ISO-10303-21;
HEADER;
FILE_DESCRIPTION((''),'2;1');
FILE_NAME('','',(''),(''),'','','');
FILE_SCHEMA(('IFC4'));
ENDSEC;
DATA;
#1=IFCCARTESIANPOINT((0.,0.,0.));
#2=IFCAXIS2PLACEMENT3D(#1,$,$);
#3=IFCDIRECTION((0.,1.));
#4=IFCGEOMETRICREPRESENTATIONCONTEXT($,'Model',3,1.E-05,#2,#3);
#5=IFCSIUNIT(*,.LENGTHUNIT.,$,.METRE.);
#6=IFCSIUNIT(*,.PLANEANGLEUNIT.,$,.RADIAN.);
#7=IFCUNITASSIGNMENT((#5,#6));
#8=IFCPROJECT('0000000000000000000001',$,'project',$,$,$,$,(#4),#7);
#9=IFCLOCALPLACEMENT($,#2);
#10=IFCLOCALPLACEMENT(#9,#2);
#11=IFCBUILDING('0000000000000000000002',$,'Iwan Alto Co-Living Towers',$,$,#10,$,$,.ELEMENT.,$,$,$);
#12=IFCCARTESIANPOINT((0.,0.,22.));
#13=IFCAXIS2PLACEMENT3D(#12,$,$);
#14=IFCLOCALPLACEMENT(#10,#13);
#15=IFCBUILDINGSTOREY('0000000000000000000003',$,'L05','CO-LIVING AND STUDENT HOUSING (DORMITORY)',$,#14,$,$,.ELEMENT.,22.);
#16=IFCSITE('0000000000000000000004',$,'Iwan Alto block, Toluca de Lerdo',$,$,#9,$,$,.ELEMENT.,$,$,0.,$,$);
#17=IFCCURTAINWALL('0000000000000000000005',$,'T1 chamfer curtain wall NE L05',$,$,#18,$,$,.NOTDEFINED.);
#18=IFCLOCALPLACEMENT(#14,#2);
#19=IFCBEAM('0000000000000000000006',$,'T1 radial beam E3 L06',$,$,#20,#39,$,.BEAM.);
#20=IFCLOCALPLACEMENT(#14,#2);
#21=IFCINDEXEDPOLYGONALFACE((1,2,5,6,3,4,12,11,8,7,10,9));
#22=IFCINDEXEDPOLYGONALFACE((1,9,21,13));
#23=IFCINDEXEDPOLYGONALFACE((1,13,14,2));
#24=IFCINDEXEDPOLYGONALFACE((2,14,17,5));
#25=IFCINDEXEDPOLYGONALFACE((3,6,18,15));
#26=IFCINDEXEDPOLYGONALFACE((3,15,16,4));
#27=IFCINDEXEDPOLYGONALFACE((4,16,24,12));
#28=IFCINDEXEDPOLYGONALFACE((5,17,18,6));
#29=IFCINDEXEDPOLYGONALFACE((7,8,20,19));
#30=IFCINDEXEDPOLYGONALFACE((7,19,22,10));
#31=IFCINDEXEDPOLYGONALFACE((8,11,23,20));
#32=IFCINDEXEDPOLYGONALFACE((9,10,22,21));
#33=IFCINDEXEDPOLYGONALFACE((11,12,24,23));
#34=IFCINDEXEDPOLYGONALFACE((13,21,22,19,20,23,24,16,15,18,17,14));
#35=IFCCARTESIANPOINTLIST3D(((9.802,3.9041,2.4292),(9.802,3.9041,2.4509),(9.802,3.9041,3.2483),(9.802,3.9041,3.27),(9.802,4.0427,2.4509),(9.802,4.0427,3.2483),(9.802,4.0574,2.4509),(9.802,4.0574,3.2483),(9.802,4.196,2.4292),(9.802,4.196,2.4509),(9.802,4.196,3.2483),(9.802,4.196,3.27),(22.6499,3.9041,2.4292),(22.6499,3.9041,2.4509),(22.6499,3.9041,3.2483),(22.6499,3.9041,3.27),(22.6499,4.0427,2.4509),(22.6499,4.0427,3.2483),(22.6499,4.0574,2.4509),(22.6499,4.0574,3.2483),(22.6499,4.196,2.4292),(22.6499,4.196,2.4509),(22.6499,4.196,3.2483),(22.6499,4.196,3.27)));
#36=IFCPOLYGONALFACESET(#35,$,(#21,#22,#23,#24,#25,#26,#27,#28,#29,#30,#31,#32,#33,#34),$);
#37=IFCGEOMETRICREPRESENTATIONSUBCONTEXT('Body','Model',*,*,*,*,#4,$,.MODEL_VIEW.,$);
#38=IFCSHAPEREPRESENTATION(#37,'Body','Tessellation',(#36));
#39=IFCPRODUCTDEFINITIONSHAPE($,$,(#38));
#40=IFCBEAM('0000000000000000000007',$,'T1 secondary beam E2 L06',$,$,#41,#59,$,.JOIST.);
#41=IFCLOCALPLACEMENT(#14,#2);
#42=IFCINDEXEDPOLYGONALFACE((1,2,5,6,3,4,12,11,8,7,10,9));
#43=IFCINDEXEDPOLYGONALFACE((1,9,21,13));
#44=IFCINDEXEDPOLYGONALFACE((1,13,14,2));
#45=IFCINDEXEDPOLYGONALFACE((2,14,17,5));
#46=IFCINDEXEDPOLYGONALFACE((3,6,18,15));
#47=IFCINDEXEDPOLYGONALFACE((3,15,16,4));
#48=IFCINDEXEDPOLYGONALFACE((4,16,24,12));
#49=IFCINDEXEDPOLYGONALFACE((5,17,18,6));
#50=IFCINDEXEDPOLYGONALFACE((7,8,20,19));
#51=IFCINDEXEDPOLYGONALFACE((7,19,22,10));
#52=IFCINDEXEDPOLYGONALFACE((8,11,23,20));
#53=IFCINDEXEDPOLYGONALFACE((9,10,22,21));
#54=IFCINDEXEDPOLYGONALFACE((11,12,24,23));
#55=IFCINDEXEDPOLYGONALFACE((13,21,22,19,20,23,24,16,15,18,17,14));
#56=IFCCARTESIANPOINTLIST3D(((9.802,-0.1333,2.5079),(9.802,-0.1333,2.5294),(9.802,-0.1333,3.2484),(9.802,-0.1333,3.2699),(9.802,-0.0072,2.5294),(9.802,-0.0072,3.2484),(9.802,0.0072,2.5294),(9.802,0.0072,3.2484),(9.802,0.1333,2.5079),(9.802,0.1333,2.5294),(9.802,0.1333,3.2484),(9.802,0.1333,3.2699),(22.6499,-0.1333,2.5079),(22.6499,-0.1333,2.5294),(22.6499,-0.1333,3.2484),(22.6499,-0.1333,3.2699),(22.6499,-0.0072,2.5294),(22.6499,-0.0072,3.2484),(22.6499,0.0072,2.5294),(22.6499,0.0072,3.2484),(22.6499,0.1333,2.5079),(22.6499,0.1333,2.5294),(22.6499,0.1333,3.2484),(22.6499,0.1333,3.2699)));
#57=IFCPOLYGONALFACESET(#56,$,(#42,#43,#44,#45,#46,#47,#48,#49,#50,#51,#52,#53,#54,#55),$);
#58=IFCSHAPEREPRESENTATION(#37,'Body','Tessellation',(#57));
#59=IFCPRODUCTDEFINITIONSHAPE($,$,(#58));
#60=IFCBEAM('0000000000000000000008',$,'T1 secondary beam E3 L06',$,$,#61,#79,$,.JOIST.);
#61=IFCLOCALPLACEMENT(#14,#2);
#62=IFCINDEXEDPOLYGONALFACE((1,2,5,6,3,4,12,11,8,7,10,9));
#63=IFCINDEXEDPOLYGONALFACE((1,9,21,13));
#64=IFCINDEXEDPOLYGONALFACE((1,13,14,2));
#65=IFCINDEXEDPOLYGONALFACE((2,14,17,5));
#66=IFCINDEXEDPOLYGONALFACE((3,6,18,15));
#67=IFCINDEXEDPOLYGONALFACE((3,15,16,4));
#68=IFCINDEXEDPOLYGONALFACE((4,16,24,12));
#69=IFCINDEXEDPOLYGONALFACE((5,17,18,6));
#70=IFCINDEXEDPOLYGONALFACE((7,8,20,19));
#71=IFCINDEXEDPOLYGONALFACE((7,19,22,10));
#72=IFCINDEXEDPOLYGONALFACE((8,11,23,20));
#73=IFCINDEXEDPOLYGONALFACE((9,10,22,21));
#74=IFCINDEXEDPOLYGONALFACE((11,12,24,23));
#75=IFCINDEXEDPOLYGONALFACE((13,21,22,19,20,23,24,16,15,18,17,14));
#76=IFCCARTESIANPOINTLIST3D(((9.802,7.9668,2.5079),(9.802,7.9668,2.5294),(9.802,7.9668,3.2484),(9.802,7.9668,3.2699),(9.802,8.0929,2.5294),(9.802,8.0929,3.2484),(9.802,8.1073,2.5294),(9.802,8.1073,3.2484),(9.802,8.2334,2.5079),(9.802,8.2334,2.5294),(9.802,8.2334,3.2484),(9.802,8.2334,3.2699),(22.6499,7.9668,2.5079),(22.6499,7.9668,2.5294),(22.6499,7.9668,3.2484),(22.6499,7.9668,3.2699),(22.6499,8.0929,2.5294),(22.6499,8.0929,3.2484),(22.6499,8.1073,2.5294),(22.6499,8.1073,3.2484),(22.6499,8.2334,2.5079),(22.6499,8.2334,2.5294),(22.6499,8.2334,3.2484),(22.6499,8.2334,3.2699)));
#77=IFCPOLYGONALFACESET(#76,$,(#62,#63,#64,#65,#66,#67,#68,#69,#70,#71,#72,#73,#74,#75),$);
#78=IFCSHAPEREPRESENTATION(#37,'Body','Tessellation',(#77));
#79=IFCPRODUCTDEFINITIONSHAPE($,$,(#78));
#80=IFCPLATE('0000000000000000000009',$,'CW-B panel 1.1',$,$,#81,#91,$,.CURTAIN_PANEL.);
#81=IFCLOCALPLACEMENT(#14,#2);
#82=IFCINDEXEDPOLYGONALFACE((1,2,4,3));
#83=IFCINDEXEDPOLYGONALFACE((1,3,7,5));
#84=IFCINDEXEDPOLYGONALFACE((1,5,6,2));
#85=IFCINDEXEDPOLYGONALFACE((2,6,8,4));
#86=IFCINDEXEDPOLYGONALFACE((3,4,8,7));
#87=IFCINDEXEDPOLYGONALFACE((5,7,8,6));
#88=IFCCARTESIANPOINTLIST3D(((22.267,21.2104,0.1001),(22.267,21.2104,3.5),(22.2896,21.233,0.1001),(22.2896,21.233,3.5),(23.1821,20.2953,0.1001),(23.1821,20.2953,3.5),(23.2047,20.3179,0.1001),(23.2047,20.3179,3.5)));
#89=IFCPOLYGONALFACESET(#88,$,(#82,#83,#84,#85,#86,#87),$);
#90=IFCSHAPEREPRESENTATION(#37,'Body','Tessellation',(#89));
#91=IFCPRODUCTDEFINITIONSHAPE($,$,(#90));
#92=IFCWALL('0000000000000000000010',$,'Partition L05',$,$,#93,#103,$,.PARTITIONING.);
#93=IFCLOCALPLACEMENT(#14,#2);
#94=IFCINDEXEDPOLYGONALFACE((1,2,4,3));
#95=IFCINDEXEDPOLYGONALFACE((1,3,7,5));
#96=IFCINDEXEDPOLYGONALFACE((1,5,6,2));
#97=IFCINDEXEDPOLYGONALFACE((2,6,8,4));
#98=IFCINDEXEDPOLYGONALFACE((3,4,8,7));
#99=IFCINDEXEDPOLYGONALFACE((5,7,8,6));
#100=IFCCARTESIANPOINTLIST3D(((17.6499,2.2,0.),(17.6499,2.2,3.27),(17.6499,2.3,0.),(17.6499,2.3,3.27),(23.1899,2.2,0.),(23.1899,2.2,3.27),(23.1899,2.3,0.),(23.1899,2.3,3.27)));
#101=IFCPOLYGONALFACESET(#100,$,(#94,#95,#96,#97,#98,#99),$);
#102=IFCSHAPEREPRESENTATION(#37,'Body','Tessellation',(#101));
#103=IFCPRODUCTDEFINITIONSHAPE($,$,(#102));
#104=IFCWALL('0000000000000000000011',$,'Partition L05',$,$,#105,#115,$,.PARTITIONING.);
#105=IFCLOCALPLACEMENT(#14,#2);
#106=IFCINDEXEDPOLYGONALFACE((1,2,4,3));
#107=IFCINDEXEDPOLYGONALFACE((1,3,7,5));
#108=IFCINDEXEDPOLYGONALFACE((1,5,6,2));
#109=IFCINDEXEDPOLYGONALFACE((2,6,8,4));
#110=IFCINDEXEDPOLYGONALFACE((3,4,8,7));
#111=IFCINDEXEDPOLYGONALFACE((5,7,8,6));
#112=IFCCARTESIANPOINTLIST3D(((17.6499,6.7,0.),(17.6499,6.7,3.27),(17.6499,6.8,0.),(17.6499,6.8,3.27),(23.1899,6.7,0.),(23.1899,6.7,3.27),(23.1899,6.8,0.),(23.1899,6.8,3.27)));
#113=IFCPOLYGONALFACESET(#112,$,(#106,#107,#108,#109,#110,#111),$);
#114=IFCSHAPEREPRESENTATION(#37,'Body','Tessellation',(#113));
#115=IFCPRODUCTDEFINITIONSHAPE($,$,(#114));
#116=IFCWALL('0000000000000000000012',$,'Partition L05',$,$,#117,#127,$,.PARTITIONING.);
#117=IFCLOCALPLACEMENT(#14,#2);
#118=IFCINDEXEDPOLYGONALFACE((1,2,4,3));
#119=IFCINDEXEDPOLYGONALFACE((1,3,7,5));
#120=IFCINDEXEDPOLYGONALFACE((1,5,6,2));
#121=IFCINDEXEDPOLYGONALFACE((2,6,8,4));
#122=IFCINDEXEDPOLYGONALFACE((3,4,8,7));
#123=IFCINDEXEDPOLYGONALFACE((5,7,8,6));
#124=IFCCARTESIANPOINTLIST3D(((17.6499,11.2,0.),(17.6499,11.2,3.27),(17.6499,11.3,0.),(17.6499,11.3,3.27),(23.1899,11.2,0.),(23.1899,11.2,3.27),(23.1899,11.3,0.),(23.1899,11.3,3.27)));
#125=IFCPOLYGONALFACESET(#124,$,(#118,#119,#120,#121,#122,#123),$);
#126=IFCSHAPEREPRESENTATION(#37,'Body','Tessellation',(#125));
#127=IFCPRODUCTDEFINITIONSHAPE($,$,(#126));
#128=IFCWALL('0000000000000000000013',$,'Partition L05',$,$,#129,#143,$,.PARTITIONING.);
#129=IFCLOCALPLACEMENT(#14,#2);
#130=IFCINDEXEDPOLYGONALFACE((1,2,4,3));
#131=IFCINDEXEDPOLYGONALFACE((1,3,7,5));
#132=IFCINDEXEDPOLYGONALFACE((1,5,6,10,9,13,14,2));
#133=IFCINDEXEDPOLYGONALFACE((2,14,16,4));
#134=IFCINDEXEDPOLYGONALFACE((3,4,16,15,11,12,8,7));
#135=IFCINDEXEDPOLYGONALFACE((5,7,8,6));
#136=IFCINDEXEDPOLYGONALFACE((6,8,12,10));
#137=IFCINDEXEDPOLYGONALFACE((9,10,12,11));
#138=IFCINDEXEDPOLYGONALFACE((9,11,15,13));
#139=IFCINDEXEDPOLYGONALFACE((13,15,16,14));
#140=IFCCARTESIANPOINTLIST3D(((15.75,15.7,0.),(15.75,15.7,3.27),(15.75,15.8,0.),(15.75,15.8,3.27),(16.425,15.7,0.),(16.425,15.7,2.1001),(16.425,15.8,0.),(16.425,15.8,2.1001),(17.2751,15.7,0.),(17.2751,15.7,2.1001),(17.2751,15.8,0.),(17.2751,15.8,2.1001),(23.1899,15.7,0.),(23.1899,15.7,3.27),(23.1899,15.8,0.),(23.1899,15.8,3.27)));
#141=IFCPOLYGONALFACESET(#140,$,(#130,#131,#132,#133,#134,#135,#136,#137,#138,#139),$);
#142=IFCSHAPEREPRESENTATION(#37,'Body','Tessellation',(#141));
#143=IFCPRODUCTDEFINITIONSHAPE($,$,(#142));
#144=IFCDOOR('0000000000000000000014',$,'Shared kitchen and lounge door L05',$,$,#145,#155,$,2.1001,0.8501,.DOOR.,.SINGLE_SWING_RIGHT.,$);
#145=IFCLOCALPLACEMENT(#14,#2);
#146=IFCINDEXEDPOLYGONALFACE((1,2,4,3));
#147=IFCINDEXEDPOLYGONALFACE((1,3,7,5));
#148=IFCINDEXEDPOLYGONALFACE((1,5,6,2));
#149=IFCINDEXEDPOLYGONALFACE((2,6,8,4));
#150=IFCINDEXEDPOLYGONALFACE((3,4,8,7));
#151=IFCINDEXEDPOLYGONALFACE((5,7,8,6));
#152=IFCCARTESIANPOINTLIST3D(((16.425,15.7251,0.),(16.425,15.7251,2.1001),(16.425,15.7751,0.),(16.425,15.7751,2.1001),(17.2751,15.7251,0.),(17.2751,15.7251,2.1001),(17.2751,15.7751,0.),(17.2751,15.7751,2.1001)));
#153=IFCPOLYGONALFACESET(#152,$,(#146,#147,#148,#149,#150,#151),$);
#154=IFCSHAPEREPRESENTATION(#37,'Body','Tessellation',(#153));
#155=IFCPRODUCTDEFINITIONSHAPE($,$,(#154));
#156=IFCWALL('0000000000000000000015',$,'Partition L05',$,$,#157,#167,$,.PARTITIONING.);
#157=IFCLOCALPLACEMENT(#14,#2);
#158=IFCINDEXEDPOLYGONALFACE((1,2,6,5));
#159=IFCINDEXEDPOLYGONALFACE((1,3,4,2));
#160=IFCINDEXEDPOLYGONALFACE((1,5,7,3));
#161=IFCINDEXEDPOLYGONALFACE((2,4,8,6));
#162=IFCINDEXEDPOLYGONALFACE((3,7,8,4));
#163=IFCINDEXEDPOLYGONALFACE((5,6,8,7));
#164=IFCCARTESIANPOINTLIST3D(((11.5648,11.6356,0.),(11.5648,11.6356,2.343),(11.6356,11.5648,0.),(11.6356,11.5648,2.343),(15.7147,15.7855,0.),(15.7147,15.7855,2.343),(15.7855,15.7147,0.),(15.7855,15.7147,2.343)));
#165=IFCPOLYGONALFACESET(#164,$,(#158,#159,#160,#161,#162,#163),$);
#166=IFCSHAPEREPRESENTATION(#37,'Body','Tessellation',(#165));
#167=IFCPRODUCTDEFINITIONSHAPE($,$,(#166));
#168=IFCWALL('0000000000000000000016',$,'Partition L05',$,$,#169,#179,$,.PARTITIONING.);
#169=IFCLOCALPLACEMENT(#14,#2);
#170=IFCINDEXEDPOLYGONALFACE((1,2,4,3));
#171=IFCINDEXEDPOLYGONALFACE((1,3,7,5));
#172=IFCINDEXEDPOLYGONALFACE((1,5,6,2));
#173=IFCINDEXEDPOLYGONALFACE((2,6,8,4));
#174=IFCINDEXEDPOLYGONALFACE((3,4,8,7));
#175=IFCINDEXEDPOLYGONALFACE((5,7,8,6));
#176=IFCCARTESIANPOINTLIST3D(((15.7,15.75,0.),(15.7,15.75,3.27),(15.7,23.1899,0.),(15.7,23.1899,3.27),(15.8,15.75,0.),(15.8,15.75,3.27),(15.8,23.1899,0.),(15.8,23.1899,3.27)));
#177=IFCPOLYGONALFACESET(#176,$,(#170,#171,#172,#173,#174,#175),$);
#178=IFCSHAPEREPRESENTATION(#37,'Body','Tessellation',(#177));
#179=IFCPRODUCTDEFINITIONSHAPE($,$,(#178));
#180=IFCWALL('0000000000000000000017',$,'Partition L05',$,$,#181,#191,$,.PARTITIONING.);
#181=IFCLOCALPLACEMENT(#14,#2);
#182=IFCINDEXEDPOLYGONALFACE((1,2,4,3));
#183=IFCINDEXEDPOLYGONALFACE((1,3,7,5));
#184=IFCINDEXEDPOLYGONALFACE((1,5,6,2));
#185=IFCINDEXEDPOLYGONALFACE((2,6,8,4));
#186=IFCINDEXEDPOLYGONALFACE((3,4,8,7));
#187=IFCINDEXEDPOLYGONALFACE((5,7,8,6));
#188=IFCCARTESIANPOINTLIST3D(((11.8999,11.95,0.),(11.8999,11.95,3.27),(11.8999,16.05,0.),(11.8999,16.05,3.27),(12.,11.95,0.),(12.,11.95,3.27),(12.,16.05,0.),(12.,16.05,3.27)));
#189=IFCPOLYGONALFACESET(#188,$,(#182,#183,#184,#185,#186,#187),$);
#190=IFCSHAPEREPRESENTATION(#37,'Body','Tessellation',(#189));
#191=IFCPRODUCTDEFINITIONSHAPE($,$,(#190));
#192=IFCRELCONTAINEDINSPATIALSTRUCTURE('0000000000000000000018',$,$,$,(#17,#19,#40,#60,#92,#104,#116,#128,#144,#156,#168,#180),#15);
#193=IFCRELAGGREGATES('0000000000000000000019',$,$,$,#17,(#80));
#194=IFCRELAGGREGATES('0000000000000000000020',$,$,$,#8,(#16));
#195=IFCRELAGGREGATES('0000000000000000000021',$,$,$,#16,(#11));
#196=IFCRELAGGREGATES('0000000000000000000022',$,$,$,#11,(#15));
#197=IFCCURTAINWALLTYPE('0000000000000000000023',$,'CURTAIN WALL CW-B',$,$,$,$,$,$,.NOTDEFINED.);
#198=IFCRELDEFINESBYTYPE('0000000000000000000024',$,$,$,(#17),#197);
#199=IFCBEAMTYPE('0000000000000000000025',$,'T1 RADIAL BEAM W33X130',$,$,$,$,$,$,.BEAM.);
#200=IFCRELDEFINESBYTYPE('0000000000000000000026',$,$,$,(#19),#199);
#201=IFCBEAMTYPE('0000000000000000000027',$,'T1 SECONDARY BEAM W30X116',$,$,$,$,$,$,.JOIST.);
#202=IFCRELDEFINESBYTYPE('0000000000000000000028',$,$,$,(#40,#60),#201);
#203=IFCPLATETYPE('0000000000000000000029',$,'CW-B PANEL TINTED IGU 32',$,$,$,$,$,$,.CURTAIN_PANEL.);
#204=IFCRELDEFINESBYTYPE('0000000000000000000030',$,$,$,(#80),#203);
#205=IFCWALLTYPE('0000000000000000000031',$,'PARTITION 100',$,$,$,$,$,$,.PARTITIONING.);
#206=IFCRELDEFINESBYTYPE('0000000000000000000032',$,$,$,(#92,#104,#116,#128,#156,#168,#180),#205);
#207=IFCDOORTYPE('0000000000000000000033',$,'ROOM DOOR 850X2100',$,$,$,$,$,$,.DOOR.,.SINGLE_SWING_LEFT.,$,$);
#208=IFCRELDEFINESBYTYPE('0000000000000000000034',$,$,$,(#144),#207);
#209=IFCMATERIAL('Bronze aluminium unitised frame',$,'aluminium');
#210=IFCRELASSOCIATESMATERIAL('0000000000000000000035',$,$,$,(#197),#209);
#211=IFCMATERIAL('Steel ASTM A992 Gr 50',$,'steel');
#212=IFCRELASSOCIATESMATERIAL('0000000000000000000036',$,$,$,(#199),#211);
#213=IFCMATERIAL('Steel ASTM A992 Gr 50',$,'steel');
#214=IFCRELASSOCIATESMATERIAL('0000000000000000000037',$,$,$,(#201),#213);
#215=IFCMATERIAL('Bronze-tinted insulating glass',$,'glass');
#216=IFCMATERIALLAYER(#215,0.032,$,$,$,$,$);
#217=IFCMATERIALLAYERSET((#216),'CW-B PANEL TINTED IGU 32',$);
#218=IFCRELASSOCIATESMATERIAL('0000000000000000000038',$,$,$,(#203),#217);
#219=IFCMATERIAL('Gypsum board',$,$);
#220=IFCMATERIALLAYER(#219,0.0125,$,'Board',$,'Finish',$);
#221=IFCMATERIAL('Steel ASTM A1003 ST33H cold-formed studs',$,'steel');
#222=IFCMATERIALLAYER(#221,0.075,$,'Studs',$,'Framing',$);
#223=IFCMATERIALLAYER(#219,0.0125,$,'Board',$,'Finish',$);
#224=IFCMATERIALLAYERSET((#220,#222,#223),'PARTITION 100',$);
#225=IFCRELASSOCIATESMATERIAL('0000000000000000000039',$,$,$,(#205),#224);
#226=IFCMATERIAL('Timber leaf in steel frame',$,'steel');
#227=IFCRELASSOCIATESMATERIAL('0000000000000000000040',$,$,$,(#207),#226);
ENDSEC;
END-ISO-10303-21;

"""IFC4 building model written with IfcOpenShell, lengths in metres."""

from ifc_helpers import new_model, si_unit, direction, frame, frame_2d, origin, origin_2d, place, context, subcontext, project, spatial, rectangle, i_section, extrude, material, layer, layer_set, material_profile, profile_set, type_object, element, fill, aggregate, save


model = new_model("IFC4")

# Units and contexts
model_context = context("Model", 3, precision=1e-05, world=origin(), true_north=direction((0.0, 1.0)))
body_context = subcontext(model_context, "Body", "Model", "MODEL_VIEW")
ifc_project = project(units=[si_unit("LENGTHUNIT", "METRE"), si_unit("PLANEANGLEUNIT", "RADIAN")], contexts=[model_context])

# Site, building, storey
site_placement = place(None, origin())
site = spatial("IfcSite", under=ifc_project, at=site_placement, Name="Iwan Alto block, Toluca de Lerdo", CompositionType="ELEMENT", RefElevation=0.0)
building_placement = place(site_placement, origin())
building = spatial("IfcBuilding", under=site, at=building_placement, Name="Iwan Alto Co-Living Towers", CompositionType="ELEMENT")
storey_placement = place(building_placement, frame((0.0, 0.0, 22.0)))
storey = spatial("IfcBuildingStorey", under=building, at=storey_placement, Name="L05", Description="CO-LIVING AND STUDENT HOUSING (DORMITORY)", CompositionType="ELEMENT", Elevation=22.0)

# Curtain wall
ifc_material_1 = material(Name="Bronze aluminium unitised frame", Category="aluminium")
curtain_wall_type = type_object("IfcCurtainWallType", Name="CURTAIN WALL CW-B", PredefinedType="NOTDEFINED", material=ifc_material_1)
curtain_wall_placement = place(storey_placement, origin())
curtain_wall = element("IfcCurtainWall", 1, at=curtain_wall_placement, inside=storey, type_object=curtain_wall_type, Name="T1 chamfer curtain wall NE L05", PredefinedType="NOTDEFINED")

# Beams
ifc_material_2 = material(Name="Steel ASTM A992 Gr 50", Category="steel")
ifc_material_profile_1 = material_profile(ifc_material_2, i_section(OverallWidth=0.292, OverallDepth=0.8408, WebThickness=0.0146, FlangeThickness=0.0217, at=origin_2d()), Name="W33X130")
ifc_profile_set_1 = profile_set([ifc_material_profile_1], Name="Steel ASTM A992 Gr 50")
beam_type_1 = type_object("IfcBeamType", Name="T1 RADIAL BEAM W33X130", PredefinedType="BEAM", material=ifc_profile_set_1)
beam_1_placement = place(storey_placement, frame((22.6499, 4.05, 2.8496), z_axis=(-1.0, 0.0, 0.0), x_axis=(0.0, -1.0, 0.0)))
element("IfcBeam", 2, at=beam_1_placement, inside=storey, type_object=beam_type_1, Name="T1 radial beam E3 L06", PredefinedType="BEAM", context=body_context, shape_type="SweptSolid", body=[
    extrude(i_section(OverallWidth=0.292, OverallDepth=0.8408, WebThickness=0.0146, FlangeThickness=0.0217, at=origin_2d()), origin(), (0.0, 0.0, 1.0), 12.8479),
])
ifc_material_3 = material(Name="Steel ASTM A992 Gr 50", Category="steel")
ifc_material_profile_2 = material_profile(ifc_material_3, i_section(OverallWidth=0.2666, OverallDepth=0.762, WebThickness=0.0144, FlangeThickness=0.0215, at=origin_2d()), Name="W30X116")
ifc_profile_set_2 = profile_set([ifc_material_profile_2], Name="Steel ASTM A992 Gr 50")
beam_type_2 = type_object("IfcBeamType", Name="T1 SECONDARY BEAM W30X116", PredefinedType="JOIST", material=ifc_profile_set_2)
for number, where, z_axis, x_axis, name in (
    (3, (22.6499, 0.0, 2.8889), (-1.0, 0.0, 0.0), (0.0, -1.0, 0.0), "T1 secondary beam E2 L06"),
    (4, (22.6499, 8.1001, 2.8889), (-1.0, 0.0, 0.0), (0.0, -1.0, 0.0), "T1 secondary beam E3 L06"),
):
    element("IfcBeam", number, at=place(storey_placement, frame(where, z_axis=z_axis, x_axis=x_axis)), inside=storey, type_object=beam_type_2, Name=name, PredefinedType="JOIST", context=body_context, shape_type="SweptSolid", body=[
        extrude(i_section(OverallWidth=0.2666, OverallDepth=0.762, WebThickness=0.0144, FlangeThickness=0.0215, at=origin_2d()), origin(), (0.0, 0.0, 1.0), 12.8479),
    ])

# Plate
ifc_material_4 = material(Name="Bronze-tinted insulating glass", Category="glass")
ifc_layer_1 = layer(ifc_material_4, 0.032)
ifc_layer_set_1 = layer_set([ifc_layer_1], Name="CW-B PANEL TINTED IGU 32")
plate_type = type_object("IfcPlateType", Name="CW-B PANEL TINTED IGU 32", PredefinedType="CURTAIN_PANEL", material=ifc_layer_set_1)
plate_placement = place(storey_placement, frame((22.7358, 20.7642, 0.1001), z_axis=(0.0, 0.0, 1.0), x_axis=(-0.707107, 0.707107, 0.0)))
plate = element("IfcPlate", 5, at=plate_placement, type_object=plate_type, Name="CW-B panel 1.1", PredefinedType="CURTAIN_PANEL", context=body_context, shape_type="SweptSolid", body=[
    extrude(rectangle(XDim=1.2942, YDim=0.032, at=origin_2d()), origin(), (0.0, 0.0, 1.0), 3.3999),
])
aggregate(curtain_wall, [plate])

# Walls
ifc_material_5 = material(Name="Gypsum board")
ifc_layer_2 = layer(ifc_material_5, 0.0125, Name="Board", Category="Finish")
ifc_material_6 = material(Name="Steel ASTM A1003 ST33H cold-formed studs", Category="steel")
ifc_layer_3 = layer(ifc_material_6, 0.075, Name="Studs", Category="Framing")
ifc_layer_4 = layer(ifc_material_5, 0.0125, Name="Board", Category="Finish")
ifc_layer_set_2 = layer_set([ifc_layer_2, ifc_layer_3, ifc_layer_4], Name="PARTITION 100")
wall_type_1 = type_object("IfcWallType", Name="PARTITION 100", PredefinedType="PARTITIONING", material=ifc_layer_set_2)
for number, where, z_axis, x_axis, name in (
    (6, (17.6499, 2.25, 0.0), (0.0, 0.0, 1.0), (1.0, 0.0, 0.0), "Partition L05"),
    (7, (17.6499, 6.75, 0.0), (0.0, 0.0, 1.0), (1.0, 0.0, 0.0), "Partition L05"),
    (8, (17.6499, 11.25, 0.0), (0.0, 0.0, 1.0), (1.0, 0.0, 0.0), "Partition L05"),
):
    element("IfcWall", number, at=place(storey_placement, frame(where, z_axis=z_axis, x_axis=x_axis)), inside=storey, type_object=wall_type_1, Name=name, PredefinedType="PARTITIONING", context=body_context, shape_type="SweptSolid", body=[
        extrude(rectangle(XDim=5.54, YDim=0.1001, at=frame_2d((2.77, 0.0))), origin(), (0.0, 0.0, 1.0), 3.27),
    ])

# Wall, opening, door
wall_1_placement = place(storey_placement, frame((15.75, 15.75, 0.0), z_axis=(0.0, 0.0, 1.0), x_axis=(1.0, 0.0, 0.0)))
wall_1 = element("IfcWall", 9, at=wall_1_placement, inside=storey, type_object=wall_type_1, Name="Partition L05", PredefinedType="PARTITIONING", context=body_context, shape_type="SweptSolid", body=[
    extrude(rectangle(XDim=7.4399, YDim=0.1001, at=frame_2d((3.72, 0.0))), origin(), (0.0, 0.0, 1.0), 3.27),
])
opening_placement = place(wall_1_placement, frame((0.675, 0.0, 0.0)))
opening = element("IfcOpeningElement", 10, at=opening_placement, cuts=wall_1, PredefinedType="OPENING", context=body_context, shape_type="SweptSolid", body=[
    extrude(rectangle(XDim=0.8501, YDim=2.1001, at=frame_2d((0.425, 1.05))), frame((0.0, 0.0601, 0.0), z_axis=(0.0, -1.0, 0.0), x_axis=(1.0, 0.0, 0.0)), (0.0, 0.0, 1.0), 0.1201),
])
ifc_material_7 = material(Name="Timber leaf in steel frame", Category="steel")
door_type = type_object("IfcDoorType", Name="ROOM DOOR 850X2100", OperationType="SINGLE_SWING_LEFT", PredefinedType="DOOR", material=ifc_material_7)
door_placement = place(opening_placement, frame((0.8501, 0.0, 0.0), z_axis=(0.0, 0.0, 1.0), x_axis=(-1.0, 0.0, 0.0)))
door = element("IfcDoor", 11, at=door_placement, inside=storey, type_object=door_type, Name="Shared kitchen and lounge door L05", OperationType="SINGLE_SWING_RIGHT", OverallHeight=2.1001, OverallWidth=0.8501, PredefinedType="DOOR", context=body_context, shape_type="SweptSolid", body=[
    extrude(rectangle(XDim=0.8501, YDim=2.1001, at=frame_2d((0.425, 1.05))), frame((0.0, 0.0249, 0.0), z_axis=(0.0, -1.0, 0.0), x_axis=(1.0, 0.0, 0.0)), (0.0, 0.0, 1.0), 0.05),
])
fill(opening, door)

# Walls
wall_2_placement = place(storey_placement, frame((11.6001, 11.6001, 0.0), z_axis=(0.0, 0.0, 1.0), x_axis=(0.707107, 0.707107, 0.0)))
element("IfcWall", 12, at=wall_2_placement, inside=storey, type_object=wall_type_1, Name="Partition L05", PredefinedType="PARTITIONING", context=body_context, shape_type="SweptSolid", body=[
    extrude(rectangle(XDim=5.8689, YDim=0.1001, at=frame_2d((2.9346, 0.0))), origin(), (0.0, 0.0, 1.0), 2.343),
])
wall_3_placement = place(storey_placement, frame((15.75, 15.75, 0.0), z_axis=(0.0, 0.0, 1.0), x_axis=(0.0, 1.0, 0.0)))
element("IfcWall", 13, at=wall_3_placement, inside=storey, type_object=wall_type_1, Name="Partition L05", PredefinedType="PARTITIONING", context=body_context, shape_type="SweptSolid", body=[
    extrude(rectangle(XDim=7.4399, YDim=0.1001, at=frame_2d((3.72, 0.0))), origin(), (0.0, 0.0, 1.0), 3.27),
])
wall_4_placement = place(storey_placement, frame((11.95, 11.95, 0.0), z_axis=(0.0, 0.0, 1.0), x_axis=(0.0, 1.0, 0.0)))
element("IfcWall", 14, at=wall_4_placement, inside=storey, type_object=wall_type_1, Name="Partition L05", PredefinedType="PARTITIONING", context=body_context, shape_type="SweptSolid", body=[
    extrude(rectangle(XDim=4.1001, YDim=0.1001, at=frame_2d((2.05, 0.0))), origin(), (0.0, 0.0, 1.0), 3.27),
])

save(model, "model.ifc")
